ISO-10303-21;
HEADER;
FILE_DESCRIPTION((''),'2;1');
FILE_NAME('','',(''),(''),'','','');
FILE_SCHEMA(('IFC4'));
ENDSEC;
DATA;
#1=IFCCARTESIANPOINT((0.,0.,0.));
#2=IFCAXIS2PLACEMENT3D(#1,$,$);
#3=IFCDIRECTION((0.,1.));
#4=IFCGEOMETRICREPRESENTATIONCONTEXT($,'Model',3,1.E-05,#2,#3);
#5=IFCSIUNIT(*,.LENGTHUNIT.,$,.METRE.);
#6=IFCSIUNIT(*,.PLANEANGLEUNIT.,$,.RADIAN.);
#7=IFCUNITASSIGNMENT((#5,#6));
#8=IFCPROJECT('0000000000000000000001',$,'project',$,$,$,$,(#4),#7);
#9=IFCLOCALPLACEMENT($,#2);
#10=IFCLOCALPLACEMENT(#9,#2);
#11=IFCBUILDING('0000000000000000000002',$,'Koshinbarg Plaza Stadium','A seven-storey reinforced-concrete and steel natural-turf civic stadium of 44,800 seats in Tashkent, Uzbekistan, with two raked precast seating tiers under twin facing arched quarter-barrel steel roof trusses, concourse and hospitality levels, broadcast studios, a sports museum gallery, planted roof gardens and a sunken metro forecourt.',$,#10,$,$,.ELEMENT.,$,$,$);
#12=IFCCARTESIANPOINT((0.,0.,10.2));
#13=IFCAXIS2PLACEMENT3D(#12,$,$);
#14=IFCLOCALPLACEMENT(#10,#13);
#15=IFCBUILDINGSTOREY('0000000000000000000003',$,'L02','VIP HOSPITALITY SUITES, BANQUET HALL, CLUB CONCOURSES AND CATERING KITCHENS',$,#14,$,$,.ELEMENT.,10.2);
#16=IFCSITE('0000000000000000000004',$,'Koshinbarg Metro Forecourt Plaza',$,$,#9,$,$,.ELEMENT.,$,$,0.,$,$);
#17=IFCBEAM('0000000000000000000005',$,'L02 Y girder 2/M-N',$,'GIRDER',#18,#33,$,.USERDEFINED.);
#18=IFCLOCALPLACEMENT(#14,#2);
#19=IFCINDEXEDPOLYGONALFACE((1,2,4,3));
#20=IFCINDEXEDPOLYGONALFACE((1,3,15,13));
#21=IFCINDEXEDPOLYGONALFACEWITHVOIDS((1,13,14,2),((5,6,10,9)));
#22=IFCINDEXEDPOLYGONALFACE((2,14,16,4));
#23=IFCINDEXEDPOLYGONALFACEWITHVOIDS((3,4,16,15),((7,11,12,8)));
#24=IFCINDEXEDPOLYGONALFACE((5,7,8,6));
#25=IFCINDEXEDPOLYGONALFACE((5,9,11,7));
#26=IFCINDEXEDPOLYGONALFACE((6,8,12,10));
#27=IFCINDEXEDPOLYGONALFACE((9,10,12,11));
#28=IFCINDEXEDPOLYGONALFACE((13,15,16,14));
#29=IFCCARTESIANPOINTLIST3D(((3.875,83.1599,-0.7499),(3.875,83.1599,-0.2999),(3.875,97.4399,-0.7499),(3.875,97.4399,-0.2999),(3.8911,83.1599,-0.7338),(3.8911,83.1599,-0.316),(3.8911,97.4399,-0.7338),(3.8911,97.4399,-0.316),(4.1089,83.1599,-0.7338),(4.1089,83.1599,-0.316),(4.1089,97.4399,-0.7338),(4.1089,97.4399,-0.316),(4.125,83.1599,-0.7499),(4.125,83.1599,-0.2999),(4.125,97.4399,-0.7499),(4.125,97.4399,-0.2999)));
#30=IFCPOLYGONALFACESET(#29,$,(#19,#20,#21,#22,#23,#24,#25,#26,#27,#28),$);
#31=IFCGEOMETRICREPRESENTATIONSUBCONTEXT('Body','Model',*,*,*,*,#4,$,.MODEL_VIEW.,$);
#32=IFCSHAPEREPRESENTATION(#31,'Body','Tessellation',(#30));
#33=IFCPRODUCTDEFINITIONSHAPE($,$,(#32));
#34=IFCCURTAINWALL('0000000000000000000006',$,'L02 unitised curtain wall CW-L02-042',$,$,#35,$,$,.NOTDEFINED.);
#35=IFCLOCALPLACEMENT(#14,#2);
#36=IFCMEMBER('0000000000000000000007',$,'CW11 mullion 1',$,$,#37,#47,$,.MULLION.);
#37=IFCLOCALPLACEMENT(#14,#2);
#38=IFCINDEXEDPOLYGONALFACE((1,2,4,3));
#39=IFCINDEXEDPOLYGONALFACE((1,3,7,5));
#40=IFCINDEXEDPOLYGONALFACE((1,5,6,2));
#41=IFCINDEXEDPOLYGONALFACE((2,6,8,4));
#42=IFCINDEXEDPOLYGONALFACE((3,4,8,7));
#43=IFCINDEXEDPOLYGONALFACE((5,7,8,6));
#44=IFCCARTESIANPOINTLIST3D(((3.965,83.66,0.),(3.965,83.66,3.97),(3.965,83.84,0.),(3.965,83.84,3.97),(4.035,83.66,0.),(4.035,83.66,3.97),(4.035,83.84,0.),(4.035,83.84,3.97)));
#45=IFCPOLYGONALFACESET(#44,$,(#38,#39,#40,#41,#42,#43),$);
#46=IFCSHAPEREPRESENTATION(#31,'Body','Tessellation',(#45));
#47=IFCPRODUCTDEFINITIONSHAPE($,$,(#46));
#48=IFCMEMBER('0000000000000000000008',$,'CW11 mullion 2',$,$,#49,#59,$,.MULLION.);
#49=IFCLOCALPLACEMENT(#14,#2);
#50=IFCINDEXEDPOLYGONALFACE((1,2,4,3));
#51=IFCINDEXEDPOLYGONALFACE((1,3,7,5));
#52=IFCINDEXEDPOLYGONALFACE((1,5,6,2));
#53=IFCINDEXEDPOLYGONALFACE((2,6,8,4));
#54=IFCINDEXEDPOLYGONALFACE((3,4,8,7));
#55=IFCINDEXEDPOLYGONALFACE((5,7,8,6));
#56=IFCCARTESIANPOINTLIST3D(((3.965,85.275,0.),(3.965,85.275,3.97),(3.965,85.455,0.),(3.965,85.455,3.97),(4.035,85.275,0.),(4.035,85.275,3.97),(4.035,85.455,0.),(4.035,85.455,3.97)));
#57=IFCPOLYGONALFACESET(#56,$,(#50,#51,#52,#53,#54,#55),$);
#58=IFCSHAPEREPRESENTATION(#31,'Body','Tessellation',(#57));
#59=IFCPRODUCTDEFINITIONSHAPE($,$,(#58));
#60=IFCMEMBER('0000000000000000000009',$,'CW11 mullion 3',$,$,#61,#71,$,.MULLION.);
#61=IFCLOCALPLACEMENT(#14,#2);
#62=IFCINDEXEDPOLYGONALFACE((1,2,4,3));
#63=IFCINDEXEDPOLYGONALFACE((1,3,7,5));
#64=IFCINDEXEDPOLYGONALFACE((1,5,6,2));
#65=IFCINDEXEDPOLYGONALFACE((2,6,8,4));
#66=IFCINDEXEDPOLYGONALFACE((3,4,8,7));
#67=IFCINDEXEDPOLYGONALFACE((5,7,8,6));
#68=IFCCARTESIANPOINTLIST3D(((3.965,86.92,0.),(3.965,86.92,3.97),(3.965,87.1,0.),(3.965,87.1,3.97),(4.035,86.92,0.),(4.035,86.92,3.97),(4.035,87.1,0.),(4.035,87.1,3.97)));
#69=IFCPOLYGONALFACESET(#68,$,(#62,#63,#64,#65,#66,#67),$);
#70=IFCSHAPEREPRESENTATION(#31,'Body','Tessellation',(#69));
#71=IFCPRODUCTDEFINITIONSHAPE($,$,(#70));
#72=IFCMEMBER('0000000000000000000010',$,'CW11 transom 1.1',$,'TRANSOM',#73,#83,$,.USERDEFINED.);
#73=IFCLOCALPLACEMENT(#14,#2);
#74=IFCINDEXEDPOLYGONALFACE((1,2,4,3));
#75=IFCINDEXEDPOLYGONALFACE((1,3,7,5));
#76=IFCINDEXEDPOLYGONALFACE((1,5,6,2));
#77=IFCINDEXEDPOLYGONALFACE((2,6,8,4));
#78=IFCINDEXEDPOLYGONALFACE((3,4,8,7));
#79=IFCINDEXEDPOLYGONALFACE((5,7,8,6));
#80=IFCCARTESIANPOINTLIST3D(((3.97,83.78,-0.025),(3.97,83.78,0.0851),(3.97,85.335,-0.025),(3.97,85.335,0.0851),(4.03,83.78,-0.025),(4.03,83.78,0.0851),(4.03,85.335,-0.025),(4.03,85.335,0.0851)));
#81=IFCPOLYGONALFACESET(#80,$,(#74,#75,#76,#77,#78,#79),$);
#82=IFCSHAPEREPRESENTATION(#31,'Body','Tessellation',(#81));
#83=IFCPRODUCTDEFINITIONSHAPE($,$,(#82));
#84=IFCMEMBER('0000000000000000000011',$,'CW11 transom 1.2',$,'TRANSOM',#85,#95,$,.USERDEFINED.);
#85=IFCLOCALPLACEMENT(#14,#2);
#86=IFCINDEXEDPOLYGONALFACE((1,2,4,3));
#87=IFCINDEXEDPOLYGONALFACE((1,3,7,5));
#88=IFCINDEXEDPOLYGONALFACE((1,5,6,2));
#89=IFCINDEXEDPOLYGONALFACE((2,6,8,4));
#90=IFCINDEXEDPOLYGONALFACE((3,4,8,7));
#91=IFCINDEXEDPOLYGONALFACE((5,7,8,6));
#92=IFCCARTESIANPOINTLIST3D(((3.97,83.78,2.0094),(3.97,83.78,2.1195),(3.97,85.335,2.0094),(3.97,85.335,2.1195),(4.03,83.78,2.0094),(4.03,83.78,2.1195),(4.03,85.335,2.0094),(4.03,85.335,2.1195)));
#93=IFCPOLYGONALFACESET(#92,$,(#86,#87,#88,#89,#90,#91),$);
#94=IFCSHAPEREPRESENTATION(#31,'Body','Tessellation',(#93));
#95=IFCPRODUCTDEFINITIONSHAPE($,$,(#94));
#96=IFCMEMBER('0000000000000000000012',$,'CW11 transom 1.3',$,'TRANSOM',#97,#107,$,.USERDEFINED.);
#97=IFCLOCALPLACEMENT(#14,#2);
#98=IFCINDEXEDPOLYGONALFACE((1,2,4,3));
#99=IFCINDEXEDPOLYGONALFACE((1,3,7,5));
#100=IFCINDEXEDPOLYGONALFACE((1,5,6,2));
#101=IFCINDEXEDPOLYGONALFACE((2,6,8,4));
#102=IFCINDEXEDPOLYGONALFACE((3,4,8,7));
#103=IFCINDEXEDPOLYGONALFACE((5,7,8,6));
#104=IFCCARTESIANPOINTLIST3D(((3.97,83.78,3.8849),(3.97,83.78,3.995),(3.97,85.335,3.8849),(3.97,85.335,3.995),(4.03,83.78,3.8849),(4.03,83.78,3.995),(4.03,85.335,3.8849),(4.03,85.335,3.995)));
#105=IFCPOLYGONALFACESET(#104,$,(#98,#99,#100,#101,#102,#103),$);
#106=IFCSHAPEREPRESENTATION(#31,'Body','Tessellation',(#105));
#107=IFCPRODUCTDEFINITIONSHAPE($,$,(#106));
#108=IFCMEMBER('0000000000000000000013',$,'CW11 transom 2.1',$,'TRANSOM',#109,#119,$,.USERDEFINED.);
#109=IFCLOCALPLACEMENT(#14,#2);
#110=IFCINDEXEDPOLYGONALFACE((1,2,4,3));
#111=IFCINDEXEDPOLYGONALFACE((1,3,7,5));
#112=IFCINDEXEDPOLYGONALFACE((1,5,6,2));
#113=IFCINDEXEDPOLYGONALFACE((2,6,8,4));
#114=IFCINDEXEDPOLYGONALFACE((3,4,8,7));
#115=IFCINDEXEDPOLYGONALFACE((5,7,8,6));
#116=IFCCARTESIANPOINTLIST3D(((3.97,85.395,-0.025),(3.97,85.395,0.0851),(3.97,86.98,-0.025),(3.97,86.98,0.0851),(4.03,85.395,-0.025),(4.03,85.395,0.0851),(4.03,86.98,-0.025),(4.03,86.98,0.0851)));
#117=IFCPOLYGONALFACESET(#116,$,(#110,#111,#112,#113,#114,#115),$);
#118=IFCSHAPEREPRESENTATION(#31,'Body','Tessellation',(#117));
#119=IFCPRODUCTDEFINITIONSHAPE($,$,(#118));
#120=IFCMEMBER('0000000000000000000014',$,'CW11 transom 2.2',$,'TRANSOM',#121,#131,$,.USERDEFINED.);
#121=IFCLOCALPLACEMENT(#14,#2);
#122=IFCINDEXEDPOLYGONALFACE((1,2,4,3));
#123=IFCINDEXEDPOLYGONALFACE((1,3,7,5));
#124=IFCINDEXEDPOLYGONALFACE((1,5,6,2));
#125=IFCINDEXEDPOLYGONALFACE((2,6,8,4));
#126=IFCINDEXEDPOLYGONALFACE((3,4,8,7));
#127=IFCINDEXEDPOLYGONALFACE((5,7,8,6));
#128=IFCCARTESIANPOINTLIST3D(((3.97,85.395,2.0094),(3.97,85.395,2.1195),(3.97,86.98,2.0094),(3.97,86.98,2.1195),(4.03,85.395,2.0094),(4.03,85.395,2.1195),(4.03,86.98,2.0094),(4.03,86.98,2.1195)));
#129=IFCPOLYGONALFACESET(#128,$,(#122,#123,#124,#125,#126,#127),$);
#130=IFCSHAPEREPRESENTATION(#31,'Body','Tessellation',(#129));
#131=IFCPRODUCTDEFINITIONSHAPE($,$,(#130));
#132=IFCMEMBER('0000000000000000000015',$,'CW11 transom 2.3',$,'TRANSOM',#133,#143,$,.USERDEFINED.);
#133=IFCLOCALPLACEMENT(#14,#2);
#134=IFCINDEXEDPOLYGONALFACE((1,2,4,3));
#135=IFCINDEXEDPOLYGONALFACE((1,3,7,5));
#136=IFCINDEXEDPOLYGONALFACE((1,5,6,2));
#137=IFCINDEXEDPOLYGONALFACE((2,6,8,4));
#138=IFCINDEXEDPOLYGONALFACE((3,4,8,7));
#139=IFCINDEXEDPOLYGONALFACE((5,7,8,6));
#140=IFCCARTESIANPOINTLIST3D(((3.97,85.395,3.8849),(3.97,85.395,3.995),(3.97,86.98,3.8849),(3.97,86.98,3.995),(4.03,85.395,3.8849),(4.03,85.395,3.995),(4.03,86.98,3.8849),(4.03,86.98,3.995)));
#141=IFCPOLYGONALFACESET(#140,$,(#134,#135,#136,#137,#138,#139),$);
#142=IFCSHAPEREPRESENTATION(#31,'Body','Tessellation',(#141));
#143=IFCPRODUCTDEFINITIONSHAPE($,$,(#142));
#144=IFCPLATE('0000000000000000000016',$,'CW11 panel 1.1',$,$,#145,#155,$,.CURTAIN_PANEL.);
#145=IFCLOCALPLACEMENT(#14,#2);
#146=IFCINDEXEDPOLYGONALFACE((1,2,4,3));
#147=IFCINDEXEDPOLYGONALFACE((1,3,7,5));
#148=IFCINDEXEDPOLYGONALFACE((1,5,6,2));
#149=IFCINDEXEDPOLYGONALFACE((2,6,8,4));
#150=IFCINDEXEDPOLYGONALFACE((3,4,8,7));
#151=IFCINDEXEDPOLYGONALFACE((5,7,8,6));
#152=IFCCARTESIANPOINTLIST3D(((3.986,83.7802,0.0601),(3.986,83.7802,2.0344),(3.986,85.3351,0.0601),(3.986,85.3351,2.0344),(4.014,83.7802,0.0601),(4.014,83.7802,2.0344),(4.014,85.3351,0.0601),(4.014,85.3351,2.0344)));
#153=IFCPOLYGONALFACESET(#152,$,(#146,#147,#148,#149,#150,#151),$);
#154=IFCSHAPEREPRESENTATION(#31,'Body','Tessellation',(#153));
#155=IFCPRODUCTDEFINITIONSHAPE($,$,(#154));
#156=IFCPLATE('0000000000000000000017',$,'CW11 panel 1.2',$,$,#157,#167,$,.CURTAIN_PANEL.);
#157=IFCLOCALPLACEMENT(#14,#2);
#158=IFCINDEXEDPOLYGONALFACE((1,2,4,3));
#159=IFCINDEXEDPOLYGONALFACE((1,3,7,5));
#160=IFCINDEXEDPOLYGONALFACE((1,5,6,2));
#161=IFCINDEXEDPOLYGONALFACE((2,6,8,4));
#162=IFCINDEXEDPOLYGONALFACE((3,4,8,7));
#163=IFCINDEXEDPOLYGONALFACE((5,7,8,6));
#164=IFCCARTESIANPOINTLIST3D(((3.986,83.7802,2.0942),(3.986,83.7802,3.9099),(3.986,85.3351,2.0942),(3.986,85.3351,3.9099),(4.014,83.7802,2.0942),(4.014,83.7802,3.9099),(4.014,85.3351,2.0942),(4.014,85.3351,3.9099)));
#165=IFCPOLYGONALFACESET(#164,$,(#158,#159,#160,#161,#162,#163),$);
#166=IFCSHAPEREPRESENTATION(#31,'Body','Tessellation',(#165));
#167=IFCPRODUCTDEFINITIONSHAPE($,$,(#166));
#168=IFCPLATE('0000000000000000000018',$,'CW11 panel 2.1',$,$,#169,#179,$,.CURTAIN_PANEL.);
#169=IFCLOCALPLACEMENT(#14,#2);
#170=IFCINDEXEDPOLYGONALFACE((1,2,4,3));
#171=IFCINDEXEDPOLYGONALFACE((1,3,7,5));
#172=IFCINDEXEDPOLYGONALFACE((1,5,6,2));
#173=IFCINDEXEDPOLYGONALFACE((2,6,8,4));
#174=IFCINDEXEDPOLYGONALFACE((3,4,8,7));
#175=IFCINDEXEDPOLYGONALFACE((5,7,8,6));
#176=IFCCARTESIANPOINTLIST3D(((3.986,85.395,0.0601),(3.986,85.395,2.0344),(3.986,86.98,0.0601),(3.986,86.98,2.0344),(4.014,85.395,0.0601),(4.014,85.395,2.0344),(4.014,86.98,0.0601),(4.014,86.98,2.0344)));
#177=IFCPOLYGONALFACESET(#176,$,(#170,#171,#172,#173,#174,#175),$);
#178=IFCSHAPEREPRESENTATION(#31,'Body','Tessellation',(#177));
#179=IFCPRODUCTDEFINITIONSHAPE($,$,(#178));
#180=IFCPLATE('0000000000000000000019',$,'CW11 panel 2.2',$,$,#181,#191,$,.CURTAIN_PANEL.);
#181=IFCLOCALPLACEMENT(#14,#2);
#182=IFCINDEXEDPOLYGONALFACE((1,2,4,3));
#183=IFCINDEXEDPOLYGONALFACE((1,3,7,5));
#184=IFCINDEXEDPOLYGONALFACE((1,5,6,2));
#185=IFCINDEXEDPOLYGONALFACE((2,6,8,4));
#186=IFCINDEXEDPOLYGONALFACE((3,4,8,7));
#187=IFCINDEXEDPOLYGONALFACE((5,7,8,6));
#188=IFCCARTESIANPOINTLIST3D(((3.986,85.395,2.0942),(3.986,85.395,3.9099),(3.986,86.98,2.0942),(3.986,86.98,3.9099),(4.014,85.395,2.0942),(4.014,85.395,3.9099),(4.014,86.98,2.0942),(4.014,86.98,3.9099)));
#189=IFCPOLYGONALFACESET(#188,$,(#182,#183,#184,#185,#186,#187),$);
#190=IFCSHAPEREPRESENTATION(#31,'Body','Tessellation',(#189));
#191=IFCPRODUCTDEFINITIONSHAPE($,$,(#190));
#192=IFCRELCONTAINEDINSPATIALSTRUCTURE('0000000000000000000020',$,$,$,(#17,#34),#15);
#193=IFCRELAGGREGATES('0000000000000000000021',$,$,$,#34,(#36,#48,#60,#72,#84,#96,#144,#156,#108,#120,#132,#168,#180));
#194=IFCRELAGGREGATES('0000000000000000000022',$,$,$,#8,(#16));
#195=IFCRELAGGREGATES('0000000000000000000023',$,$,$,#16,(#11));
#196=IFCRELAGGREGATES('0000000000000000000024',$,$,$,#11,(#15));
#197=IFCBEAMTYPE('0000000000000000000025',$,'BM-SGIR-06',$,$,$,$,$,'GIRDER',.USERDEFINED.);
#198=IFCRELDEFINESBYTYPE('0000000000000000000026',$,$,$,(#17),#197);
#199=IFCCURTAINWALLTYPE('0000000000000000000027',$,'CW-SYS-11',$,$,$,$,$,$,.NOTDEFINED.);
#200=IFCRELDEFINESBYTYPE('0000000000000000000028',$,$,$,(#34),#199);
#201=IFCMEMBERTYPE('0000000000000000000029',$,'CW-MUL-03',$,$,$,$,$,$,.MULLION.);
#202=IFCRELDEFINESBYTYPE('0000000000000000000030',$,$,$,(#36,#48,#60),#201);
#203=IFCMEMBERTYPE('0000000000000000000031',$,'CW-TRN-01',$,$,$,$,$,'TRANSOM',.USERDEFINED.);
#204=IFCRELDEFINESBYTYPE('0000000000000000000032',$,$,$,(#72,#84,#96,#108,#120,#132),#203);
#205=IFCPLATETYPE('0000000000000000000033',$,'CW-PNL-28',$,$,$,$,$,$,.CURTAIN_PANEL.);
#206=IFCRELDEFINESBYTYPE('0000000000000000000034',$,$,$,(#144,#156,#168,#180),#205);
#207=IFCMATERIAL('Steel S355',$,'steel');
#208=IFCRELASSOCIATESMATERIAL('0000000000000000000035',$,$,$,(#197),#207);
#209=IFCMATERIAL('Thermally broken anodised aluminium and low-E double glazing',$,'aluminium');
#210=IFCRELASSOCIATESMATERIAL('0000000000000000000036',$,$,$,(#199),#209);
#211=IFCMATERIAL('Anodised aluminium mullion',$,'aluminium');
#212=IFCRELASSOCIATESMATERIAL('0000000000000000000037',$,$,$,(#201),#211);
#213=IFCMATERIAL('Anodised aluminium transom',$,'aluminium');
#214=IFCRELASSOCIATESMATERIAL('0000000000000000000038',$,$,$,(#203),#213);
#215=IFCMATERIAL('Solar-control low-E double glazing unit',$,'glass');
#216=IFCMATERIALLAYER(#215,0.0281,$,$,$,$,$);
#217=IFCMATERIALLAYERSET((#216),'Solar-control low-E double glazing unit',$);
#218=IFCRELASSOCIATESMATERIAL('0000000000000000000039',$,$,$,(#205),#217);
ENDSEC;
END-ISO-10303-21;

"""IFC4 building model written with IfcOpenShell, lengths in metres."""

from ifc_helpers import new_model, si_unit, direction, frame, origin, origin_2d, place, context, subcontext, project, spatial, rectangle, hollow_rectangle, extrude, material, layer, layer_set, material_profile, profile_set, type_object, element, aggregate, save


model = new_model("IFC4")

# Units and contexts
model_context = context("Model", 3, precision=1e-05, world=origin(), true_north=direction((0.0, 1.0)))
body_context = subcontext(model_context, "Body", "Model", "MODEL_VIEW")
ifc_project = project(units=[si_unit("LENGTHUNIT", "METRE"), si_unit("PLANEANGLEUNIT", "RADIAN")], contexts=[model_context])

# Site, building, storey
site_placement = place(None, origin())
site = spatial("IfcSite", under=ifc_project, at=site_placement, Name="Koshinbarg Metro Forecourt Plaza", CompositionType="ELEMENT", RefElevation=0.0)
building_placement = place(site_placement, origin())
building = spatial("IfcBuilding", under=site, at=building_placement, Name="Koshinbarg Plaza Stadium", Description="A seven-storey reinforced-concrete and steel natural-turf civic stadium of 44,800 seats in Tashkent, Uzbekistan, with two raked precast seating tiers under twin facing arched quarter-barrel steel roof trusses, concourse and hospitality levels, broadcast studios, a sports museum gallery, planted roof gardens and a sunken metro forecourt.", CompositionType="ELEMENT")
storey_placement = place(building_placement, frame((0.0, 0.0, 10.2)))
storey = spatial("IfcBuildingStorey", under=building, at=storey_placement, Name="L02", Description="VIP HOSPITALITY SUITES, BANQUET HALL, CLUB CONCOURSES AND CATERING KITCHENS", CompositionType="ELEMENT", Elevation=10.2)

# Shared definitions
ifc_material_1 = material(Name="Steel S355", Category="steel")

# Beam
ifc_material_profile_1 = material_profile(ifc_material_1, hollow_rectangle(XDim=0.25, YDim=0.45, WallThickness=0.0161, at=origin_2d()), Name="RHS 450x250x16")
ifc_profile_set_1 = profile_set([ifc_material_profile_1], Name="Steel S355")
beam_type_1 = type_object("IfcBeamType", Name="BM-SGIR-06", ElementType="GIRDER", PredefinedType="USERDEFINED", material=ifc_profile_set_1)
beam_1_placement = place(storey_placement, frame((4.0, 83.1599, -0.5249), z_axis=(0.0, 1.0, 0.0), x_axis=(-1.0, 0.0, 0.0)))
element("IfcBeam", 1, at=beam_1_placement, inside=storey, type_object=beam_type_1, Name="L02 Y girder 2/M-N", ObjectType="GIRDER", PredefinedType="USERDEFINED", context=body_context, shape_type="SweptSolid", body=[
    extrude(hollow_rectangle(XDim=0.25, YDim=0.45, WallThickness=0.0161, at=origin_2d()), origin(), (0.0, 0.0, 1.0), 14.28),
])

# Curtain wall, members, plates
ifc_material_2 = material(Name="Thermally broken anodised aluminium and low-E double glazing", Category="aluminium")
curtain_wall_type = type_object("IfcCurtainWallType", Name="CW-SYS-11", PredefinedType="NOTDEFINED", material=ifc_material_2)
curtain_wall_placement = place(storey_placement, origin())
curtain_wall = element("IfcCurtainWall", 2, at=curtain_wall_placement, inside=storey, type_object=curtain_wall_type, Name="L02 unitised curtain wall CW-L02-042", PredefinedType="NOTDEFINED")
ifc_material_3 = material(Name="Anodised aluminium mullion", Category="aluminium")
ifc_material_profile_2 = material_profile(ifc_material_3, rectangle(XDim=0.0701, YDim=0.1799, at=origin_2d()), Name="ALU 70x180")
ifc_profile_set_2 = profile_set([ifc_material_profile_2], Name="Anodised aluminium mullion")
member_type_1 = type_object("IfcMemberType", Name="CW-MUL-03", PredefinedType="MULLION", material=ifc_profile_set_2)
member_1_placement = place(storey_placement, frame((4.0, 83.75, 0.0), z_axis=(0.0, 0.0, 1.0), x_axis=(-1.0, 0.0, 0.0)))
member_1 = element("IfcMember", 3, at=member_1_placement, type_object=member_type_1, Name="CW11 mullion 1", PredefinedType="MULLION", context=body_context, shape_type="SweptSolid", body=[
    extrude(rectangle(XDim=0.0701, YDim=0.1799, at=origin_2d()), origin(), (0.0, 0.0, 1.0), 3.97),
])
member_2_placement = place(storey_placement, frame((4.0, 85.365, 0.0), z_axis=(0.0, 0.0, 1.0), x_axis=(-1.0, 0.0, 0.0)))
member_2 = element("IfcMember", 4, at=member_2_placement, type_object=member_type_1, Name="CW11 mullion 2", PredefinedType="MULLION", context=body_context, shape_type="SweptSolid", body=[
    extrude(rectangle(XDim=0.0701, YDim=0.1799, at=origin_2d()), origin(), (0.0, 0.0, 1.0), 3.97),
])
member_3_placement = place(storey_placement, frame((4.0, 87.01, 0.0), z_axis=(0.0, 0.0, 1.0), x_axis=(-1.0, 0.0, 0.0)))
member_3 = element("IfcMember", 5, at=member_3_placement, type_object=member_type_1, Name="CW11 mullion 3", PredefinedType="MULLION", context=body_context, shape_type="SweptSolid", body=[
    extrude(rectangle(XDim=0.0701, YDim=0.1799, at=origin_2d()), origin(), (0.0, 0.0, 1.0), 3.97),
])
ifc_material_4 = material(Name="Anodised aluminium transom", Category="aluminium")
ifc_material_profile_3 = material_profile(ifc_material_4, rectangle(XDim=0.0601, YDim=0.1101, at=origin_2d()), Name="ALU 60x110")
ifc_profile_set_3 = profile_set([ifc_material_profile_3], Name="Anodised aluminium transom")
member_type_2 = type_object("IfcMemberType", Name="CW-TRN-01", ElementType="TRANSOM", PredefinedType="USERDEFINED", material=ifc_profile_set_3)
member_4_placement = place(storey_placement, frame((4.0, 83.78, 0.03), z_axis=(0.0, 1.0, 0.0), x_axis=(-1.0, 0.0, 0.0)))
member_4 = element("IfcMember", 6, at=member_4_placement, type_object=member_type_2, Name="CW11 transom 1.1", ObjectType="TRANSOM", PredefinedType="USERDEFINED", context=body_context, shape_type="SweptSolid", body=[
    extrude(rectangle(XDim=0.0601, YDim=0.1101, at=origin_2d()), origin(), (0.0, 0.0, 1.0), 1.5549),
])
member_5_placement = place(storey_placement, frame((4.0, 83.78, 2.0645), z_axis=(0.0, 1.0, 0.0), x_axis=(-1.0, 0.0, 0.0)))
member_5 = element("IfcMember", 7, at=member_5_placement, type_object=member_type_2, Name="CW11 transom 1.2", ObjectType="TRANSOM", PredefinedType="USERDEFINED", context=body_context, shape_type="SweptSolid", body=[
    extrude(rectangle(XDim=0.0601, YDim=0.1101, at=origin_2d()), origin(), (0.0, 0.0, 1.0), 1.5549),
])
member_6_placement = place(storey_placement, frame((4.0, 83.78, 3.9399), z_axis=(0.0, 1.0, 0.0), x_axis=(-1.0, 0.0, 0.0)))
member_6 = element("IfcMember", 8, at=member_6_placement, type_object=member_type_2, Name="CW11 transom 1.3", ObjectType="TRANSOM", PredefinedType="USERDEFINED", context=body_context, shape_type="SweptSolid", body=[
    extrude(rectangle(XDim=0.0601, YDim=0.1101, at=origin_2d()), origin(), (0.0, 0.0, 1.0), 1.5549),
])
member_7_placement = place(storey_placement, frame((4.0, 85.395, 0.03), z_axis=(0.0, 1.0, 0.0), x_axis=(-1.0, 0.0, 0.0)))
member_7 = element("IfcMember", 9, at=member_7_placement, type_object=member_type_2, Name="CW11 transom 2.1", ObjectType="TRANSOM", PredefinedType="USERDEFINED", context=body_context, shape_type="SweptSolid", body=[
    extrude(rectangle(XDim=0.0601, YDim=0.1101, at=origin_2d()), origin(), (0.0, 0.0, 1.0), 1.585),
])
member_8_placement = place(storey_placement, frame((4.0, 85.395, 2.0645), z_axis=(0.0, 1.0, 0.0), x_axis=(-1.0, 0.0, 0.0)))
member_8 = element("IfcMember", 10, at=member_8_placement, type_object=member_type_2, Name="CW11 transom 2.2", ObjectType="TRANSOM", PredefinedType="USERDEFINED", context=body_context, shape_type="SweptSolid", body=[
    extrude(rectangle(XDim=0.0601, YDim=0.1101, at=origin_2d()), origin(), (0.0, 0.0, 1.0), 1.585),
])
member_9_placement = place(storey_placement, frame((4.0, 85.395, 3.9399), z_axis=(0.0, 1.0, 0.0), x_axis=(-1.0, 0.0, 0.0)))
member_9 = element("IfcMember", 11, at=member_9_placement, type_object=member_type_2, Name="CW11 transom 2.3", ObjectType="TRANSOM", PredefinedType="USERDEFINED", context=body_context, shape_type="SweptSolid", body=[
    extrude(rectangle(XDim=0.0601, YDim=0.1101, at=origin_2d()), origin(), (0.0, 0.0, 1.0), 1.585),
])
ifc_material_5 = material(Name="Solar-control low-E double glazing unit", Category="glass")
ifc_layer_1 = layer(ifc_material_5, 0.0281)
ifc_layer_set_1 = layer_set([ifc_layer_1], Name="Solar-control low-E double glazing unit")
plate_type_1 = type_object("IfcPlateType", Name="CW-PNL-28", PredefinedType="CURTAIN_PANEL", material=ifc_layer_set_1)
plate_1_placement = place(storey_placement, frame((4.0, 84.5576, 0.0601), z_axis=(0.0, 0.0, 1.0), x_axis=(0.0, 1.0, 0.0)))
plate_1 = element("IfcPlate", 12, at=plate_1_placement, type_object=plate_type_1, Name="CW11 panel 1.1", PredefinedType="CURTAIN_PANEL", context=body_context, shape_type="SweptSolid", body=[
    extrude(rectangle(XDim=1.5549, YDim=0.0281, at=origin_2d()), origin(), (0.0, 0.0, 1.0), 1.9744),
])
plate_2_placement = place(storey_placement, frame((4.0, 84.5576, 2.0942), z_axis=(0.0, 0.0, 1.0), x_axis=(0.0, 1.0, 0.0)))
plate_2 = element("IfcPlate", 13, at=plate_2_placement, type_object=plate_type_1, Name="CW11 panel 1.2", PredefinedType="CURTAIN_PANEL", context=body_context, shape_type="SweptSolid", body=[
    extrude(rectangle(XDim=1.5549, YDim=0.0281, at=origin_2d()), origin(), (0.0, 0.0, 1.0), 1.8157),
])
plate_3_placement = place(storey_placement, frame((4.0, 86.1875, 0.0601), z_axis=(0.0, 0.0, 1.0), x_axis=(0.0, 1.0, 0.0)))
plate_3 = element("IfcPlate", 14, at=plate_3_placement, type_object=plate_type_1, Name="CW11 panel 2.1", PredefinedType="CURTAIN_PANEL", context=body_context, shape_type="SweptSolid", body=[
    extrude(rectangle(XDim=1.585, YDim=0.0281, at=origin_2d()), origin(), (0.0, 0.0, 1.0), 1.9744),
])
plate_4_placement = place(storey_placement, frame((4.0, 86.1875, 2.0942), z_axis=(0.0, 0.0, 1.0), x_axis=(0.0, 1.0, 0.0)))
plate_4 = element("IfcPlate", 15, at=plate_4_placement, type_object=plate_type_1, Name="CW11 panel 2.2", PredefinedType="CURTAIN_PANEL", context=body_context, shape_type="SweptSolid", body=[
    extrude(rectangle(XDim=1.585, YDim=0.0281, at=origin_2d()), origin(), (0.0, 0.0, 1.0), 1.8157),
])
aggregate(curtain_wall, [member_1, member_2, member_3, member_4, member_5, member_6, plate_1, plate_2, member_7, member_8, member_9, plate_3, plate_4])

save(model, "model.ifc")
